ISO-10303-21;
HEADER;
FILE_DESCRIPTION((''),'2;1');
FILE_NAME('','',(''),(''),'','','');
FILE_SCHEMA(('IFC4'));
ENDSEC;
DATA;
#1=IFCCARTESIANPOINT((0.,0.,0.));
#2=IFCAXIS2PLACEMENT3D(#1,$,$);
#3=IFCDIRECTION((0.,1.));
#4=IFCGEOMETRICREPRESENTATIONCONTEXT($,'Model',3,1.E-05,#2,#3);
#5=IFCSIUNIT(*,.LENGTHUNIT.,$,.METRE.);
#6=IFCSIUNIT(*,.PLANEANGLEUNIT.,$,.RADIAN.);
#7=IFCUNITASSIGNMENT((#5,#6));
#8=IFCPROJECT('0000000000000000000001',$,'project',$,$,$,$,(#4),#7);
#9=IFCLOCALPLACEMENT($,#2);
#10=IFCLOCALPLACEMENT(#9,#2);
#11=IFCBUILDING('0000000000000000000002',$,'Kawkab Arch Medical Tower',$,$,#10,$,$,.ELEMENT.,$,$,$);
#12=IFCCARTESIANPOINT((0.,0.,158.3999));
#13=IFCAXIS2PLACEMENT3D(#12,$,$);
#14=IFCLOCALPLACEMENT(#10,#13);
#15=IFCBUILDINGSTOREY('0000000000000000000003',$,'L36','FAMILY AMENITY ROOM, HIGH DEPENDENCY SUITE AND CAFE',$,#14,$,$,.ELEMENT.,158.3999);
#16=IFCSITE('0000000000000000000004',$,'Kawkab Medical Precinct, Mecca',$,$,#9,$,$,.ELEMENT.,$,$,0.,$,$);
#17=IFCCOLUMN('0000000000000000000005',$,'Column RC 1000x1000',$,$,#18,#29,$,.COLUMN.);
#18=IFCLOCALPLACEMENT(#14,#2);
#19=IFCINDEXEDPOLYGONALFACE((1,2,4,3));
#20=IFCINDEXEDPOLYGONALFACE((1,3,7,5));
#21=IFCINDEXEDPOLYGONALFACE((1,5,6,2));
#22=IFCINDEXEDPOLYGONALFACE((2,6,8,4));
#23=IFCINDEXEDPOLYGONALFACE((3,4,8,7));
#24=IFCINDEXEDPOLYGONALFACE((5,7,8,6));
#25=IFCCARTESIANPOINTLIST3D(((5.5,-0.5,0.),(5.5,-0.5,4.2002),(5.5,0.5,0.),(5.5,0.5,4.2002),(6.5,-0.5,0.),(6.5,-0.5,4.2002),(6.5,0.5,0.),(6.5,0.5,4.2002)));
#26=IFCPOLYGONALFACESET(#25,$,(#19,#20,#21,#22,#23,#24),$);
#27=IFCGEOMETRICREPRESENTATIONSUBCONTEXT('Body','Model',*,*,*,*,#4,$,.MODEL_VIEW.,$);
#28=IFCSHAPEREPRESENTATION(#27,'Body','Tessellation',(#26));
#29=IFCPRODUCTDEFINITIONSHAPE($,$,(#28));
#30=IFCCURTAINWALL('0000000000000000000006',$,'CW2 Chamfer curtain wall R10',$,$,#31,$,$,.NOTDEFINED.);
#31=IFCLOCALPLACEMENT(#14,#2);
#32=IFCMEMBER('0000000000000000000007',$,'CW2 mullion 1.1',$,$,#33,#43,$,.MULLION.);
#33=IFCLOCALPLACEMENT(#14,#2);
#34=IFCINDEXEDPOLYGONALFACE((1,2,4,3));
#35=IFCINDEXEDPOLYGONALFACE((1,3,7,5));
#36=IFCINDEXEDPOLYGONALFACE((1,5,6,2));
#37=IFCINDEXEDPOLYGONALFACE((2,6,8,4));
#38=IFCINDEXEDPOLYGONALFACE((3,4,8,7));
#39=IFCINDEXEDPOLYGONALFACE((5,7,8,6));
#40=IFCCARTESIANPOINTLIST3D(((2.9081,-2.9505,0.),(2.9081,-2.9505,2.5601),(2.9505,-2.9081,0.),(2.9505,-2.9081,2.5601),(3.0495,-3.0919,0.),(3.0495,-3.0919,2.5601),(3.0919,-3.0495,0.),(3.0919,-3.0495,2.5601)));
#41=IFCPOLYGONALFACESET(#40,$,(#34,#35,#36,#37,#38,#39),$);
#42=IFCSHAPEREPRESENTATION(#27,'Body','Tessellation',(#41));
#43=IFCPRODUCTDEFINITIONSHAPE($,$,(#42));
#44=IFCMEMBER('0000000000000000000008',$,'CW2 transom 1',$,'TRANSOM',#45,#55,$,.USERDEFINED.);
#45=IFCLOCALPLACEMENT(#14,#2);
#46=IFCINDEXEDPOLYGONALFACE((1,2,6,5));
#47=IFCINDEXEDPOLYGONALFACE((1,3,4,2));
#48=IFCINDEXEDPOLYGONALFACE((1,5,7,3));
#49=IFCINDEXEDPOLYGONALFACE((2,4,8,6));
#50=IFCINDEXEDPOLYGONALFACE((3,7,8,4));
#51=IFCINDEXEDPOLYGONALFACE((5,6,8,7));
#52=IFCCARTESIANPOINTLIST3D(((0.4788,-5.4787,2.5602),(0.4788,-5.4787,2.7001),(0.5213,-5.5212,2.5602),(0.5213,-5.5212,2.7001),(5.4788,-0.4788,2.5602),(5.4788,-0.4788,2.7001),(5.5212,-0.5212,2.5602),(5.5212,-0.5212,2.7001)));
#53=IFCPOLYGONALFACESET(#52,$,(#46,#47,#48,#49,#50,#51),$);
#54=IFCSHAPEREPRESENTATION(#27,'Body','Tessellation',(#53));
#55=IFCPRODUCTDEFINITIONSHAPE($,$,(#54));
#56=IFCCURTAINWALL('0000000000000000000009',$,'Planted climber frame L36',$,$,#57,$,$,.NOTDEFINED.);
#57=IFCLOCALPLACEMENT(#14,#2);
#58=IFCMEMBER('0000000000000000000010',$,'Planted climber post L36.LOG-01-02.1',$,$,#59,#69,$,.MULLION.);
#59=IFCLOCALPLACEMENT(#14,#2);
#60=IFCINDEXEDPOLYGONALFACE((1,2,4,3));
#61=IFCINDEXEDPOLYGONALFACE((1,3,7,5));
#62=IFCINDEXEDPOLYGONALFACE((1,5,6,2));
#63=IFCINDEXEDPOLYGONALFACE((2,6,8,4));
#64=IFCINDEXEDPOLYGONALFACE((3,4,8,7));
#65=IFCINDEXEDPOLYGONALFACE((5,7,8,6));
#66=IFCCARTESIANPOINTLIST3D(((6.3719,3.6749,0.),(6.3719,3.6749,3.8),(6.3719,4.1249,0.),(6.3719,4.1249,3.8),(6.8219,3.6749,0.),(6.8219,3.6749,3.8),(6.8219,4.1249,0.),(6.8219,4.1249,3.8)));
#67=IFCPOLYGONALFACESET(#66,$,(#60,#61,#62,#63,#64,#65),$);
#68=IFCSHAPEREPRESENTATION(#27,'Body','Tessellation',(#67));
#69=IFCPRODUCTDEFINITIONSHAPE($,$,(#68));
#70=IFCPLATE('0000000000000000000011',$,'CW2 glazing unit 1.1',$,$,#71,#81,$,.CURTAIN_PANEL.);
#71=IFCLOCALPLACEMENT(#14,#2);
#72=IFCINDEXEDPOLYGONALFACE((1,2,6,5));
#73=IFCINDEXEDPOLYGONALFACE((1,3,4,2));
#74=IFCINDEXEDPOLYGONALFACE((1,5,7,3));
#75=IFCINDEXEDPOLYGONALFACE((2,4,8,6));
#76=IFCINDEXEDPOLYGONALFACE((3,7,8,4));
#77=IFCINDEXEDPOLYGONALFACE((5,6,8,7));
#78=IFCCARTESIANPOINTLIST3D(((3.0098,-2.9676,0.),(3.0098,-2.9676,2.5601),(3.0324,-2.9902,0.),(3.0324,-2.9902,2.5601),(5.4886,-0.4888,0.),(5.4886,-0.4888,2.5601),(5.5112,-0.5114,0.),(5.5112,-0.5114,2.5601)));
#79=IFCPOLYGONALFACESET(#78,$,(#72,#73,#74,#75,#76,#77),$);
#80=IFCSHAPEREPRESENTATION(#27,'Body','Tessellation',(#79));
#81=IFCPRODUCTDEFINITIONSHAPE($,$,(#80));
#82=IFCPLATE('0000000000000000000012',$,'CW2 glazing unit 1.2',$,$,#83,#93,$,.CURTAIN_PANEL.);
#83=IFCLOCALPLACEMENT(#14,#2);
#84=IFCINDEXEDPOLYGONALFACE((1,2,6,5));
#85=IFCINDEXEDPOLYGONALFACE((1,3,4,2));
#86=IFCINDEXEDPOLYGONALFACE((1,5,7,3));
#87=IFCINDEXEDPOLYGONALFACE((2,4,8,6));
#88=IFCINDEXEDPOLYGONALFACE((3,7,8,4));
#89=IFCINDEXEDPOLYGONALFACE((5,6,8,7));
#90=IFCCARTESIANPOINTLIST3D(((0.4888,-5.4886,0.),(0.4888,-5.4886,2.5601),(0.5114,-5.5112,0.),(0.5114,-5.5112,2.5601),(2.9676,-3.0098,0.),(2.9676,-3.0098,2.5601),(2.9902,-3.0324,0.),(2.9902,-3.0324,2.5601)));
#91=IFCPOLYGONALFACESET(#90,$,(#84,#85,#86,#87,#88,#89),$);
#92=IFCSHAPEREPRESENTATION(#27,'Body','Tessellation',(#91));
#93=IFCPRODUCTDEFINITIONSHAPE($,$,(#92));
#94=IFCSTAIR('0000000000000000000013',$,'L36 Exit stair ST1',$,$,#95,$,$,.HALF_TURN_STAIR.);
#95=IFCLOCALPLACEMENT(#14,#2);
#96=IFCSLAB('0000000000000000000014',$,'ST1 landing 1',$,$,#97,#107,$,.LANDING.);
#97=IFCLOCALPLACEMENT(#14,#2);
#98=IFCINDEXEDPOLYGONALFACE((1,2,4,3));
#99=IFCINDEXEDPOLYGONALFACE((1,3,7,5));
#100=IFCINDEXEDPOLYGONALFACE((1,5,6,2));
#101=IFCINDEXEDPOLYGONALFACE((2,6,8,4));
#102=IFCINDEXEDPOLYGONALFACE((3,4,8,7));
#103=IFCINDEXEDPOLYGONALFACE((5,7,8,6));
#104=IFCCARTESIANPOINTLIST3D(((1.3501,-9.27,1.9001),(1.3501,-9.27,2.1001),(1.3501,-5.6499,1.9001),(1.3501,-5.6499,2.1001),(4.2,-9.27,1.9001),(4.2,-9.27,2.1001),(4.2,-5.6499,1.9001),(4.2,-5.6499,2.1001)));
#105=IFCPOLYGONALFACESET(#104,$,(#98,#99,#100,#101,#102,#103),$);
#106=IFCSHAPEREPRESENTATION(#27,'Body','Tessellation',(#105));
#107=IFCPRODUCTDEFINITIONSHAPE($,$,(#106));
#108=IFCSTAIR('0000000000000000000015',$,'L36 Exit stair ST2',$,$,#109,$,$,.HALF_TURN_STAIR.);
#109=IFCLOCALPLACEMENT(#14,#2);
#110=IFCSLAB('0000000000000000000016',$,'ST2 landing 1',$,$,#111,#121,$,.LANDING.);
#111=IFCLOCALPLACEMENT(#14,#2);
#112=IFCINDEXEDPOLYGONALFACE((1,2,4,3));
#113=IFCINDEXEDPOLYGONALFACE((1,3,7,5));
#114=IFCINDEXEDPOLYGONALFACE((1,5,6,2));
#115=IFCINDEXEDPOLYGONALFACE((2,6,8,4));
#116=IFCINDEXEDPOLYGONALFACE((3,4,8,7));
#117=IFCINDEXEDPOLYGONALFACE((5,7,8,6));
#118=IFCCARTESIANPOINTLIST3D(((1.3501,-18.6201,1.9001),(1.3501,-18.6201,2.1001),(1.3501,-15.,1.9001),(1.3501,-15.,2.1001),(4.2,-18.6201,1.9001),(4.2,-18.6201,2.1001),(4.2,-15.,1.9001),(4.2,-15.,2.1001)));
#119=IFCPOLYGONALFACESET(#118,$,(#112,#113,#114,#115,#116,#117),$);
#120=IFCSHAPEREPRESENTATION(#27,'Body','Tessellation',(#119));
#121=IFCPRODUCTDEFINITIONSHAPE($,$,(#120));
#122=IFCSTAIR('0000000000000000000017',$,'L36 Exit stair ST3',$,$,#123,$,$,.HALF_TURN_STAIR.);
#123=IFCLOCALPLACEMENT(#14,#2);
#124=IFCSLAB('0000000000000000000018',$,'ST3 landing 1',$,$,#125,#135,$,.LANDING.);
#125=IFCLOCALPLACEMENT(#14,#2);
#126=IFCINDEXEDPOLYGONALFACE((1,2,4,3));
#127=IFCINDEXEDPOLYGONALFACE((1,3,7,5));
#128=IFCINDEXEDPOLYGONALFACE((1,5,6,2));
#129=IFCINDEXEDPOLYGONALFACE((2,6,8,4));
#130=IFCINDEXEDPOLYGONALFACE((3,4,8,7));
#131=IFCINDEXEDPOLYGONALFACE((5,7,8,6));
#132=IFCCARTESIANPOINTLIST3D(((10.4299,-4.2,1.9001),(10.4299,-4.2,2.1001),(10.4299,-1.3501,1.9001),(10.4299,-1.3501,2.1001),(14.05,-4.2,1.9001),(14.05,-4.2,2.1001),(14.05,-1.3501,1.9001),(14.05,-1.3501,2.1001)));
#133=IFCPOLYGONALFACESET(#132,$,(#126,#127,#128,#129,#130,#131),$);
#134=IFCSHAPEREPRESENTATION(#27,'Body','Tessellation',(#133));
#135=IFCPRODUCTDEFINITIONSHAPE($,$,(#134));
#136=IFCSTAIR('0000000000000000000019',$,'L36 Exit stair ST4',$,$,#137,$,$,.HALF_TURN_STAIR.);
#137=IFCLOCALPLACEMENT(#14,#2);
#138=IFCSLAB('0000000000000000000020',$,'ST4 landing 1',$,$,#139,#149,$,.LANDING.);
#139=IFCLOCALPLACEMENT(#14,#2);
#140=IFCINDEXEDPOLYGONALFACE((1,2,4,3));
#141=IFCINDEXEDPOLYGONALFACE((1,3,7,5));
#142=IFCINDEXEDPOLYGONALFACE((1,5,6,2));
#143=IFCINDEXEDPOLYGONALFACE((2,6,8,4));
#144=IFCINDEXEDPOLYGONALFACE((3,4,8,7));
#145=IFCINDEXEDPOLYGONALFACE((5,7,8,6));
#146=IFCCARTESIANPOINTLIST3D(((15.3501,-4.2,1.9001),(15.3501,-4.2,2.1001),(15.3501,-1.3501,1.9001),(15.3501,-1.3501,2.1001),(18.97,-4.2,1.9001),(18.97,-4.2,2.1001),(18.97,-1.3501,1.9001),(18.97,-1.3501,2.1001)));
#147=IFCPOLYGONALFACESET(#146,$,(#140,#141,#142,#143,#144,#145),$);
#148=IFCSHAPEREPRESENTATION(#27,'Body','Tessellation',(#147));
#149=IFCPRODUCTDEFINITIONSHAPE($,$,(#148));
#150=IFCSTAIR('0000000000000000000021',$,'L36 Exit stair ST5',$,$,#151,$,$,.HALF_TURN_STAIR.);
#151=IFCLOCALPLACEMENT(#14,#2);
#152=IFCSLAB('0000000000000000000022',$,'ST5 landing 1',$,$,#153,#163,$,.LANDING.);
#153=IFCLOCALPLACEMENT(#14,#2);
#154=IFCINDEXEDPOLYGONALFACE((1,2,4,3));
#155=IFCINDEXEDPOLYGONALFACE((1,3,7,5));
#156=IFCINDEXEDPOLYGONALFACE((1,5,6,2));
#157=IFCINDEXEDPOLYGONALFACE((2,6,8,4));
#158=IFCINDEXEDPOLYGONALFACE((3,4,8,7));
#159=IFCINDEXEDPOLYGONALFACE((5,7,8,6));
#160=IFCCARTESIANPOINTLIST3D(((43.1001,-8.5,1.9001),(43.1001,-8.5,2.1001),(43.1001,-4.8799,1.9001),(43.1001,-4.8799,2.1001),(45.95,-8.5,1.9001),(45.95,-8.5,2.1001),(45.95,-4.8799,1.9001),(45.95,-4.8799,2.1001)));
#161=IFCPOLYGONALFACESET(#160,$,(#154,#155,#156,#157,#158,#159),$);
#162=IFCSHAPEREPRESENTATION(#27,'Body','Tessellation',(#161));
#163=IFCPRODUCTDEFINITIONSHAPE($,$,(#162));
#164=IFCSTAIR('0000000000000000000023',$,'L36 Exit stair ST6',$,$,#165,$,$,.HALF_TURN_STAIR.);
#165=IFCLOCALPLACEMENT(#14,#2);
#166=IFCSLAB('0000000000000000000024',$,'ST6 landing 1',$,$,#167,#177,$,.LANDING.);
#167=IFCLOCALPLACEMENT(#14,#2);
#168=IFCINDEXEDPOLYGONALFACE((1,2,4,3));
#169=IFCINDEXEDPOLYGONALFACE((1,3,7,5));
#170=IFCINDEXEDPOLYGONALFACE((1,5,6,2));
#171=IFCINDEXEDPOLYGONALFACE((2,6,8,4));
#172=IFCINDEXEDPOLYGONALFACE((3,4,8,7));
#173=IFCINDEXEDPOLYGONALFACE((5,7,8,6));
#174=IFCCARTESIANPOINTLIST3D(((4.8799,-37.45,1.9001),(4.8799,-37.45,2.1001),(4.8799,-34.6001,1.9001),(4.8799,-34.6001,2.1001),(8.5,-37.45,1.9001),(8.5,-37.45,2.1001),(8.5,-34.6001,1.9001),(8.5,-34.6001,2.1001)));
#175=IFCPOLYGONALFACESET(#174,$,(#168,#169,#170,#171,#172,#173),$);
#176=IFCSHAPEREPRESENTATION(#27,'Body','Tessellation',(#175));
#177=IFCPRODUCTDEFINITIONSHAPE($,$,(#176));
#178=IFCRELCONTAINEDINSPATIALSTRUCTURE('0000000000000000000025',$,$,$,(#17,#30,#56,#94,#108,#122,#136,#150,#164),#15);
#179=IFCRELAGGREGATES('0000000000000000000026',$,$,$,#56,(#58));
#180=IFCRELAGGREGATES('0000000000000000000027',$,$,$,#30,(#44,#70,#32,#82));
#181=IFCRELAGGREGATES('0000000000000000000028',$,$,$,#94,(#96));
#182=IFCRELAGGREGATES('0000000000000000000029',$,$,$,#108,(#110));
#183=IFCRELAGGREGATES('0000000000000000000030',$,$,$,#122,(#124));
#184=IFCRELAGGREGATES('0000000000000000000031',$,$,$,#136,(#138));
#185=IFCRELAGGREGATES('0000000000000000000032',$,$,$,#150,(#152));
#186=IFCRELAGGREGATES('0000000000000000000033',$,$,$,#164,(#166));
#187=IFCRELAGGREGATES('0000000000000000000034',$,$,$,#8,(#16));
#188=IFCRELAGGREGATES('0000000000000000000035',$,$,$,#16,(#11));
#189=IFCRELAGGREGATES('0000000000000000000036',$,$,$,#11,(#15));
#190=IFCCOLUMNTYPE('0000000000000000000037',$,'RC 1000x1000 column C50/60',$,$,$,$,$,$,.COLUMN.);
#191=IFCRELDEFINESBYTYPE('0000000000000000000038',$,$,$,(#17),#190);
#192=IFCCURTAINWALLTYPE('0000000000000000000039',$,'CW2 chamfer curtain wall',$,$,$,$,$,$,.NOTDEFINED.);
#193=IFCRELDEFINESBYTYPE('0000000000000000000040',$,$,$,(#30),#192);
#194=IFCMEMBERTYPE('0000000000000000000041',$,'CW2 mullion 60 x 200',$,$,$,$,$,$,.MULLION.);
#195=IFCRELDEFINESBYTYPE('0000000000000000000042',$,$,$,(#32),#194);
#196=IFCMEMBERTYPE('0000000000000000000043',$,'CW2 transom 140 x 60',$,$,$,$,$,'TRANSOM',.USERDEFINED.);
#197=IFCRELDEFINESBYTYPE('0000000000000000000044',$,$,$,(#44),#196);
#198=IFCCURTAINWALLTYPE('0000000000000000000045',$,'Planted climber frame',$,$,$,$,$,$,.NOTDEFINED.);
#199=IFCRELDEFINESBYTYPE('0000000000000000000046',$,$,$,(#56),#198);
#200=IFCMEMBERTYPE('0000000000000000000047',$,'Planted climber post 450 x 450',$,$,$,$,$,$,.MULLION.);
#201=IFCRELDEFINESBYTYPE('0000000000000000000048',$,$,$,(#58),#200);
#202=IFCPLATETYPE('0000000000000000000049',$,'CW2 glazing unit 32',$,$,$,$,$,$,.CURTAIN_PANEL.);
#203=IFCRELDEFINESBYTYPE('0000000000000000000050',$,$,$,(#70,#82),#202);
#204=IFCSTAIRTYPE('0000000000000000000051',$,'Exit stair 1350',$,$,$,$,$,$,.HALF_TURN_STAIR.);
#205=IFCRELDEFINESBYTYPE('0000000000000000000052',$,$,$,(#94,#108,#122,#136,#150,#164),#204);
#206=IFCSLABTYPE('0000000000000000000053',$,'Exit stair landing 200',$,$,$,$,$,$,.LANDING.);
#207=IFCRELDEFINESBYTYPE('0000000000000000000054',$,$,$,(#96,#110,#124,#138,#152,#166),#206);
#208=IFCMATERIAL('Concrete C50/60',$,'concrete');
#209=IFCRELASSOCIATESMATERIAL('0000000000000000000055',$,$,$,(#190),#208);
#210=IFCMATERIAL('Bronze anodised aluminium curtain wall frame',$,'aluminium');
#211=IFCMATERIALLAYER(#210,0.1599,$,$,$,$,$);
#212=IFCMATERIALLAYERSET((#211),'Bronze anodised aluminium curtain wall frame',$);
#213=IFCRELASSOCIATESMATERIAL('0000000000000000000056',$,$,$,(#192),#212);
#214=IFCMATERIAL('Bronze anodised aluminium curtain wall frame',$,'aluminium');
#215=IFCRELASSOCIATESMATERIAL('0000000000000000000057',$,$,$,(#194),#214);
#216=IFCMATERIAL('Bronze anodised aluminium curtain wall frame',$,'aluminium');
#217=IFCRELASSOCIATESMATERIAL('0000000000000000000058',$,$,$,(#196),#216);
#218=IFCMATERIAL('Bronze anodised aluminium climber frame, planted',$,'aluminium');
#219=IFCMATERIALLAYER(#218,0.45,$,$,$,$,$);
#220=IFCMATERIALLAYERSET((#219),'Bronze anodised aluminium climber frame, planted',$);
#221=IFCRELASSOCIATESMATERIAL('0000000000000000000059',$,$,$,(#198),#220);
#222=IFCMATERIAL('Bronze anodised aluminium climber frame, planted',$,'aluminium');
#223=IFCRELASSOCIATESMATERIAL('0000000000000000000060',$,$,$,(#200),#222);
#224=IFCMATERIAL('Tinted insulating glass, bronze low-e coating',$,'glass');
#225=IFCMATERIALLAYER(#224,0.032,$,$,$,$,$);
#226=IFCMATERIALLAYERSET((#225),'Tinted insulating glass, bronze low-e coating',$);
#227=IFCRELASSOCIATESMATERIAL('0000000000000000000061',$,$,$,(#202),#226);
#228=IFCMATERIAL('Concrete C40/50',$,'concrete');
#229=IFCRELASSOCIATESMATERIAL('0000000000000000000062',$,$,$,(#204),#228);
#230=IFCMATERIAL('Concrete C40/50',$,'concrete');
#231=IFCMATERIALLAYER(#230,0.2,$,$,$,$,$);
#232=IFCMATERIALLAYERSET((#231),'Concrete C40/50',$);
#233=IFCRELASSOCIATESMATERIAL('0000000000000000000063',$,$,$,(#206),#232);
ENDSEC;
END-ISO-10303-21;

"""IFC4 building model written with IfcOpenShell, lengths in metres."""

from ifc_helpers import new_model, si_unit, direction, frame, origin, origin_2d, place, context, subcontext, project, spatial, polyline, rectangle, outline, extrude, material, layer, layer_set, material_profile, profile_set, type_object, element, aggregate, save


model = new_model("IFC4")

# Units and contexts
model_context = context("Model", 3, precision=1e-05, world=origin(), true_north=direction((0.0, 1.0)))
body_context = subcontext(model_context, "Body", "Model", "MODEL_VIEW")
ifc_project = project(units=[si_unit("LENGTHUNIT", "METRE"), si_unit("PLANEANGLEUNIT", "RADIAN")], contexts=[model_context])

# Site, building, storey
site_placement = place(None, origin())
site = spatial("IfcSite", under=ifc_project, at=site_placement, Name="Kawkab Medical Precinct, Mecca", CompositionType="ELEMENT", RefElevation=0.0)
building_placement = place(site_placement, origin())
building = spatial("IfcBuilding", under=site, at=building_placement, Name="Kawkab Arch Medical Tower", CompositionType="ELEMENT")
storey_placement = place(building_placement, frame((0.0, 0.0, 158.3999)))
storey = spatial("IfcBuildingStorey", under=building, at=storey_placement, Name="L36", Description="FAMILY AMENITY ROOM, HIGH DEPENDENCY SUITE AND CAFE", CompositionType="ELEMENT", Elevation=158.3999)

# Column
ifc_material_1 = material(Name="Concrete C50/60", Category="concrete")
ifc_material_profile_1 = material_profile(ifc_material_1, rectangle(XDim=1.0, YDim=1.0, at=origin_2d()), Name="RC 1000x1000")
ifc_profile_set_1 = profile_set([ifc_material_profile_1], Name="Concrete C50/60")
column_type = type_object("IfcColumnType", Name="RC 1000x1000 column C50/60", PredefinedType="COLUMN", material=ifc_profile_set_1)
column_placement = place(storey_placement, frame((6.0, 0.0, 0.0), z_axis=(0.0, 0.0, 1.0), x_axis=(1.0, 0.0, 0.0)))
element("IfcColumn", 1, at=column_placement, inside=storey, type_object=column_type, Name="Column RC 1000x1000", PredefinedType="COLUMN", context=body_context, shape_type="SweptSolid", body=[
    extrude(rectangle(XDim=1.0, YDim=1.0, at=origin_2d()), origin(), (0.0, 0.0, 1.0), 4.2002),
])

# Curtain wall, members
ifc_material_2 = material(Name="Bronze anodised aluminium curtain wall frame", Category="aluminium")
ifc_layer_1 = layer(ifc_material_2, 0.1599)
ifc_layer_set_1 = layer_set([ifc_layer_1], Name="Bronze anodised aluminium curtain wall frame")
curtain_wall_type_1 = type_object("IfcCurtainWallType", Name="CW2 chamfer curtain wall", PredefinedType="NOTDEFINED", material=ifc_layer_set_1)
placement_1 = place(storey_placement, origin())
curtain_wall_1 = element("IfcCurtainWall", 2, at=placement_1, inside=storey, type_object=curtain_wall_type_1, Name="CW2 Chamfer curtain wall R10", PredefinedType="NOTDEFINED")
ifc_material_3 = material(Name="Bronze anodised aluminium curtain wall frame", Category="aluminium")
ifc_material_profile_2 = material_profile(ifc_material_3, rectangle(XDim=0.2, YDim=0.0601, at=origin_2d()), Name="AL 60x200")
ifc_profile_set_2 = profile_set([ifc_material_profile_2], Name="Bronze anodised aluminium curtain wall frame")
member_type_1 = type_object("IfcMemberType", Name="CW2 mullion 60 x 200", PredefinedType="MULLION", material=ifc_profile_set_2)
member_1_placement = place(storey_placement, frame((3.0, -3.0, 0.0), z_axis=(0.0, 0.0, 1.0), x_axis=(0.707107, -0.707107, 0.0)))
member_1 = element("IfcMember", 3, at=member_1_placement, type_object=member_type_1, Name="CW2 mullion 1.1", PredefinedType="MULLION", context=body_context, shape_type="SweptSolid", body=[
    extrude(rectangle(XDim=0.2, YDim=0.0601, at=origin_2d()), origin(), (0.0, 0.0, 1.0), 2.5601),
])
ifc_material_4 = material(Name="Bronze anodised aluminium curtain wall frame", Category="aluminium")
ifc_material_profile_3 = material_profile(ifc_material_4, rectangle(XDim=0.0601, YDim=0.1399, at=origin_2d()), Name="AL 60x140")
ifc_profile_set_3 = profile_set([ifc_material_profile_3], Name="Bronze anodised aluminium curtain wall frame")
member_type_2 = type_object("IfcMemberType", Name="CW2 transom 140 x 60", ElementType="TRANSOM", PredefinedType="USERDEFINED", material=ifc_profile_set_3)
member_2_placement = place(storey_placement, frame((5.5, -0.5, 2.6301), z_axis=(-0.707107, -0.707107, 0.0), x_axis=(0.707107, -0.707107, 0.0)))
member_2 = element("IfcMember", 4, at=member_2_placement, type_object=member_type_2, Name="CW2 transom 1", ObjectType="TRANSOM", PredefinedType="USERDEFINED", context=body_context, shape_type="SweptSolid", body=[
    extrude(rectangle(XDim=0.0601, YDim=0.1399, at=origin_2d()), origin(), (0.0, 0.0, 1.0), 7.071),
])

# Curtain wall, member
ifc_material_5 = material(Name="Bronze anodised aluminium climber frame, planted", Category="aluminium")
ifc_layer_2 = layer(ifc_material_5, 0.45)
ifc_layer_set_2 = layer_set([ifc_layer_2], Name="Bronze anodised aluminium climber frame, planted")
curtain_wall_type_2 = type_object("IfcCurtainWallType", Name="Planted climber frame", PredefinedType="NOTDEFINED", material=ifc_layer_set_2)
curtain_wall_2 = element("IfcCurtainWall", 5, at=placement_1, inside=storey, type_object=curtain_wall_type_2, Name="Planted climber frame L36", PredefinedType="NOTDEFINED")
ifc_material_6 = material(Name="Bronze anodised aluminium climber frame, planted", Category="aluminium")
ifc_material_profile_4 = material_profile(ifc_material_6, rectangle(XDim=0.45, YDim=0.45, at=origin_2d()), Name="Post 450x450")
ifc_profile_set_4 = profile_set([ifc_material_profile_4], Name="Bronze anodised aluminium climber frame, planted")
member_type_3 = type_object("IfcMemberType", Name="Planted climber post 450 x 450", PredefinedType="MULLION", material=ifc_profile_set_4)
member_3_placement = place(storey_placement, frame((6.5969, 3.8999, 0.0), z_axis=(0.0, 0.0, 1.0), x_axis=(1.0, 0.0, 0.0)))
member_3 = element("IfcMember", 6, at=member_3_placement, type_object=member_type_3, Name="Planted climber post L36.LOG-01-02.1", PredefinedType="MULLION", context=body_context, shape_type="SweptSolid", body=[
    extrude(rectangle(XDim=0.45, YDim=0.45, at=origin_2d()), origin(), (0.0, 0.0, 1.0), 3.8),
])
aggregate(curtain_wall_2, [member_3])

# Plates
ifc_material_7 = material(Name="Tinted insulating glass, bronze low-e coating", Category="glass")
ifc_layer_3 = layer(ifc_material_7, 0.032)
ifc_layer_set_3 = layer_set([ifc_layer_3], Name="Tinted insulating glass, bronze low-e coating")
plate_type = type_object("IfcPlateType", Name="CW2 glazing unit 32", PredefinedType="CURTAIN_PANEL", material=ifc_layer_set_3)
plate_1_placement = place(storey_placement, frame((4.2605, -1.7395, 0.0), z_axis=(0.0, 0.0, 1.0), x_axis=(-0.707107, -0.707107, 0.0)))
plate_1 = element("IfcPlate", 7, at=plate_1_placement, type_object=plate_type, Name="CW2 glazing unit 1.1", PredefinedType="CURTAIN_PANEL", context=body_context, shape_type="SweptSolid", body=[
    extrude(rectangle(XDim=3.5056, YDim=0.032, at=origin_2d()), origin(), (0.0, 0.0, 1.0), 2.5601),
])
plate_2_placement = place(storey_placement, frame((1.7395, -4.2605, 0.0), z_axis=(0.0, 0.0, 1.0), x_axis=(-0.707107, -0.707107, 0.0)))
plate_2 = element("IfcPlate", 8, at=plate_2_placement, type_object=plate_type, Name="CW2 glazing unit 1.2", PredefinedType="CURTAIN_PANEL", context=body_context, shape_type="SweptSolid", body=[
    extrude(rectangle(XDim=3.5056, YDim=0.032, at=origin_2d()), origin(), (0.0, 0.0, 1.0), 2.5601),
])
aggregate(curtain_wall_1, [member_2, plate_1, member_1, plate_2])

# Stairs, slabs
ifc_material_8 = material(Name="Concrete C40/50", Category="concrete")
stair_type = type_object("IfcStairType", Name="Exit stair 1350", PredefinedType="HALF_TURN_STAIR", material=ifc_material_8)
stair_1 = element("IfcStair", 9, at=placement_1, inside=storey, type_object=stair_type, Name="L36 Exit stair ST1", PredefinedType="HALF_TURN_STAIR")
ifc_material_9 = material(Name="Concrete C40/50", Category="concrete")
ifc_layer_4 = layer(ifc_material_9, 0.2)
ifc_layer_set_4 = layer_set([ifc_layer_4], Name="Concrete C40/50")
slab_type_1 = type_object("IfcSlabType", Name="Exit stair landing 200", PredefinedType="LANDING", material=ifc_layer_set_4)
placement_2 = place(storey_placement, frame((0.0, 0.0, 1.9001)))
slab_1 = element("IfcSlab", 10, at=placement_2, type_object=slab_type_1, Name="ST1 landing 1", PredefinedType="LANDING", context=body_context, shape_type="SweptSolid", body=[
    extrude(outline(polyline([(4.2, -9.27), (4.2, -5.6499), (1.3501, -5.6499), (1.3501, -9.27), (4.2, -9.27)])), origin(), (0.0, 0.0, 1.0), 0.2),
])
aggregate(stair_1, [slab_1])
stair_2 = element("IfcStair", 11, at=placement_1, inside=storey, type_object=stair_type, Name="L36 Exit stair ST2", PredefinedType="HALF_TURN_STAIR")
slab_2 = element("IfcSlab", 12, at=placement_2, type_object=slab_type_1, Name="ST2 landing 1", PredefinedType="LANDING", context=body_context, shape_type="SweptSolid", body=[
    extrude(outline(polyline([(4.2, -18.6201), (4.2, -15.0), (1.3501, -15.0), (1.3501, -18.6201), (4.2, -18.6201)])), origin(), (0.0, 0.0, 1.0), 0.2),
])
aggregate(stair_2, [slab_2])
stair_3 = element("IfcStair", 13, at=placement_1, inside=storey, type_object=stair_type, Name="L36 Exit stair ST3", PredefinedType="HALF_TURN_STAIR")
slab_3 = element("IfcSlab", 14, at=placement_2, type_object=slab_type_1, Name="ST3 landing 1", PredefinedType="LANDING", context=body_context, shape_type="SweptSolid", body=[
    extrude(outline(polyline([(10.4299, -4.2), (14.05, -4.2), (14.05, -1.3501), (10.4299, -1.3501), (10.4299, -4.2)])), origin(), (0.0, 0.0, 1.0), 0.2),
])
aggregate(stair_3, [slab_3])
stair_4 = element("IfcStair", 15, at=placement_1, inside=storey, type_object=stair_type, Name="L36 Exit stair ST4", PredefinedType="HALF_TURN_STAIR")
slab_4 = element("IfcSlab", 16, at=placement_2, type_object=slab_type_1, Name="ST4 landing 1", PredefinedType="LANDING", context=body_context, shape_type="SweptSolid", body=[
    extrude(outline(polyline([(18.97, -1.3501), (15.3501, -1.3501), (15.3501, -4.2), (18.97, -4.2), (18.97, -1.3501)])), origin(), (0.0, 0.0, 1.0), 0.2),
])
aggregate(stair_4, [slab_4])
stair_5 = element("IfcStair", 17, at=placement_1, inside=storey, type_object=stair_type, Name="L36 Exit stair ST5", PredefinedType="HALF_TURN_STAIR")
slab_5 = element("IfcSlab", 18, at=placement_2, type_object=slab_type_1, Name="ST5 landing 1", PredefinedType="LANDING", context=body_context, shape_type="SweptSolid", body=[
    extrude(outline(polyline([(43.1001, -4.8799), (43.1001, -8.5), (45.95, -8.5), (45.95, -4.8799), (43.1001, -4.8799)])), origin(), (0.0, 0.0, 1.0), 0.2),
])
aggregate(stair_5, [slab_5])
stair_6 = element("IfcStair", 19, at=placement_1, inside=storey, type_object=stair_type, Name="L36 Exit stair ST6", PredefinedType="HALF_TURN_STAIR")
slab_6 = element("IfcSlab", 20, at=placement_2, type_object=slab_type_1, Name="ST6 landing 1", PredefinedType="LANDING", context=body_context, shape_type="SweptSolid", body=[
    extrude(outline(polyline([(4.8799, -37.45), (8.5, -37.45), (8.5, -34.6001), (4.8799, -34.6001), (4.8799, -37.45)])), origin(), (0.0, 0.0, 1.0), 0.2),
])
aggregate(stair_6, [slab_6])

save(model, "model.ifc")
